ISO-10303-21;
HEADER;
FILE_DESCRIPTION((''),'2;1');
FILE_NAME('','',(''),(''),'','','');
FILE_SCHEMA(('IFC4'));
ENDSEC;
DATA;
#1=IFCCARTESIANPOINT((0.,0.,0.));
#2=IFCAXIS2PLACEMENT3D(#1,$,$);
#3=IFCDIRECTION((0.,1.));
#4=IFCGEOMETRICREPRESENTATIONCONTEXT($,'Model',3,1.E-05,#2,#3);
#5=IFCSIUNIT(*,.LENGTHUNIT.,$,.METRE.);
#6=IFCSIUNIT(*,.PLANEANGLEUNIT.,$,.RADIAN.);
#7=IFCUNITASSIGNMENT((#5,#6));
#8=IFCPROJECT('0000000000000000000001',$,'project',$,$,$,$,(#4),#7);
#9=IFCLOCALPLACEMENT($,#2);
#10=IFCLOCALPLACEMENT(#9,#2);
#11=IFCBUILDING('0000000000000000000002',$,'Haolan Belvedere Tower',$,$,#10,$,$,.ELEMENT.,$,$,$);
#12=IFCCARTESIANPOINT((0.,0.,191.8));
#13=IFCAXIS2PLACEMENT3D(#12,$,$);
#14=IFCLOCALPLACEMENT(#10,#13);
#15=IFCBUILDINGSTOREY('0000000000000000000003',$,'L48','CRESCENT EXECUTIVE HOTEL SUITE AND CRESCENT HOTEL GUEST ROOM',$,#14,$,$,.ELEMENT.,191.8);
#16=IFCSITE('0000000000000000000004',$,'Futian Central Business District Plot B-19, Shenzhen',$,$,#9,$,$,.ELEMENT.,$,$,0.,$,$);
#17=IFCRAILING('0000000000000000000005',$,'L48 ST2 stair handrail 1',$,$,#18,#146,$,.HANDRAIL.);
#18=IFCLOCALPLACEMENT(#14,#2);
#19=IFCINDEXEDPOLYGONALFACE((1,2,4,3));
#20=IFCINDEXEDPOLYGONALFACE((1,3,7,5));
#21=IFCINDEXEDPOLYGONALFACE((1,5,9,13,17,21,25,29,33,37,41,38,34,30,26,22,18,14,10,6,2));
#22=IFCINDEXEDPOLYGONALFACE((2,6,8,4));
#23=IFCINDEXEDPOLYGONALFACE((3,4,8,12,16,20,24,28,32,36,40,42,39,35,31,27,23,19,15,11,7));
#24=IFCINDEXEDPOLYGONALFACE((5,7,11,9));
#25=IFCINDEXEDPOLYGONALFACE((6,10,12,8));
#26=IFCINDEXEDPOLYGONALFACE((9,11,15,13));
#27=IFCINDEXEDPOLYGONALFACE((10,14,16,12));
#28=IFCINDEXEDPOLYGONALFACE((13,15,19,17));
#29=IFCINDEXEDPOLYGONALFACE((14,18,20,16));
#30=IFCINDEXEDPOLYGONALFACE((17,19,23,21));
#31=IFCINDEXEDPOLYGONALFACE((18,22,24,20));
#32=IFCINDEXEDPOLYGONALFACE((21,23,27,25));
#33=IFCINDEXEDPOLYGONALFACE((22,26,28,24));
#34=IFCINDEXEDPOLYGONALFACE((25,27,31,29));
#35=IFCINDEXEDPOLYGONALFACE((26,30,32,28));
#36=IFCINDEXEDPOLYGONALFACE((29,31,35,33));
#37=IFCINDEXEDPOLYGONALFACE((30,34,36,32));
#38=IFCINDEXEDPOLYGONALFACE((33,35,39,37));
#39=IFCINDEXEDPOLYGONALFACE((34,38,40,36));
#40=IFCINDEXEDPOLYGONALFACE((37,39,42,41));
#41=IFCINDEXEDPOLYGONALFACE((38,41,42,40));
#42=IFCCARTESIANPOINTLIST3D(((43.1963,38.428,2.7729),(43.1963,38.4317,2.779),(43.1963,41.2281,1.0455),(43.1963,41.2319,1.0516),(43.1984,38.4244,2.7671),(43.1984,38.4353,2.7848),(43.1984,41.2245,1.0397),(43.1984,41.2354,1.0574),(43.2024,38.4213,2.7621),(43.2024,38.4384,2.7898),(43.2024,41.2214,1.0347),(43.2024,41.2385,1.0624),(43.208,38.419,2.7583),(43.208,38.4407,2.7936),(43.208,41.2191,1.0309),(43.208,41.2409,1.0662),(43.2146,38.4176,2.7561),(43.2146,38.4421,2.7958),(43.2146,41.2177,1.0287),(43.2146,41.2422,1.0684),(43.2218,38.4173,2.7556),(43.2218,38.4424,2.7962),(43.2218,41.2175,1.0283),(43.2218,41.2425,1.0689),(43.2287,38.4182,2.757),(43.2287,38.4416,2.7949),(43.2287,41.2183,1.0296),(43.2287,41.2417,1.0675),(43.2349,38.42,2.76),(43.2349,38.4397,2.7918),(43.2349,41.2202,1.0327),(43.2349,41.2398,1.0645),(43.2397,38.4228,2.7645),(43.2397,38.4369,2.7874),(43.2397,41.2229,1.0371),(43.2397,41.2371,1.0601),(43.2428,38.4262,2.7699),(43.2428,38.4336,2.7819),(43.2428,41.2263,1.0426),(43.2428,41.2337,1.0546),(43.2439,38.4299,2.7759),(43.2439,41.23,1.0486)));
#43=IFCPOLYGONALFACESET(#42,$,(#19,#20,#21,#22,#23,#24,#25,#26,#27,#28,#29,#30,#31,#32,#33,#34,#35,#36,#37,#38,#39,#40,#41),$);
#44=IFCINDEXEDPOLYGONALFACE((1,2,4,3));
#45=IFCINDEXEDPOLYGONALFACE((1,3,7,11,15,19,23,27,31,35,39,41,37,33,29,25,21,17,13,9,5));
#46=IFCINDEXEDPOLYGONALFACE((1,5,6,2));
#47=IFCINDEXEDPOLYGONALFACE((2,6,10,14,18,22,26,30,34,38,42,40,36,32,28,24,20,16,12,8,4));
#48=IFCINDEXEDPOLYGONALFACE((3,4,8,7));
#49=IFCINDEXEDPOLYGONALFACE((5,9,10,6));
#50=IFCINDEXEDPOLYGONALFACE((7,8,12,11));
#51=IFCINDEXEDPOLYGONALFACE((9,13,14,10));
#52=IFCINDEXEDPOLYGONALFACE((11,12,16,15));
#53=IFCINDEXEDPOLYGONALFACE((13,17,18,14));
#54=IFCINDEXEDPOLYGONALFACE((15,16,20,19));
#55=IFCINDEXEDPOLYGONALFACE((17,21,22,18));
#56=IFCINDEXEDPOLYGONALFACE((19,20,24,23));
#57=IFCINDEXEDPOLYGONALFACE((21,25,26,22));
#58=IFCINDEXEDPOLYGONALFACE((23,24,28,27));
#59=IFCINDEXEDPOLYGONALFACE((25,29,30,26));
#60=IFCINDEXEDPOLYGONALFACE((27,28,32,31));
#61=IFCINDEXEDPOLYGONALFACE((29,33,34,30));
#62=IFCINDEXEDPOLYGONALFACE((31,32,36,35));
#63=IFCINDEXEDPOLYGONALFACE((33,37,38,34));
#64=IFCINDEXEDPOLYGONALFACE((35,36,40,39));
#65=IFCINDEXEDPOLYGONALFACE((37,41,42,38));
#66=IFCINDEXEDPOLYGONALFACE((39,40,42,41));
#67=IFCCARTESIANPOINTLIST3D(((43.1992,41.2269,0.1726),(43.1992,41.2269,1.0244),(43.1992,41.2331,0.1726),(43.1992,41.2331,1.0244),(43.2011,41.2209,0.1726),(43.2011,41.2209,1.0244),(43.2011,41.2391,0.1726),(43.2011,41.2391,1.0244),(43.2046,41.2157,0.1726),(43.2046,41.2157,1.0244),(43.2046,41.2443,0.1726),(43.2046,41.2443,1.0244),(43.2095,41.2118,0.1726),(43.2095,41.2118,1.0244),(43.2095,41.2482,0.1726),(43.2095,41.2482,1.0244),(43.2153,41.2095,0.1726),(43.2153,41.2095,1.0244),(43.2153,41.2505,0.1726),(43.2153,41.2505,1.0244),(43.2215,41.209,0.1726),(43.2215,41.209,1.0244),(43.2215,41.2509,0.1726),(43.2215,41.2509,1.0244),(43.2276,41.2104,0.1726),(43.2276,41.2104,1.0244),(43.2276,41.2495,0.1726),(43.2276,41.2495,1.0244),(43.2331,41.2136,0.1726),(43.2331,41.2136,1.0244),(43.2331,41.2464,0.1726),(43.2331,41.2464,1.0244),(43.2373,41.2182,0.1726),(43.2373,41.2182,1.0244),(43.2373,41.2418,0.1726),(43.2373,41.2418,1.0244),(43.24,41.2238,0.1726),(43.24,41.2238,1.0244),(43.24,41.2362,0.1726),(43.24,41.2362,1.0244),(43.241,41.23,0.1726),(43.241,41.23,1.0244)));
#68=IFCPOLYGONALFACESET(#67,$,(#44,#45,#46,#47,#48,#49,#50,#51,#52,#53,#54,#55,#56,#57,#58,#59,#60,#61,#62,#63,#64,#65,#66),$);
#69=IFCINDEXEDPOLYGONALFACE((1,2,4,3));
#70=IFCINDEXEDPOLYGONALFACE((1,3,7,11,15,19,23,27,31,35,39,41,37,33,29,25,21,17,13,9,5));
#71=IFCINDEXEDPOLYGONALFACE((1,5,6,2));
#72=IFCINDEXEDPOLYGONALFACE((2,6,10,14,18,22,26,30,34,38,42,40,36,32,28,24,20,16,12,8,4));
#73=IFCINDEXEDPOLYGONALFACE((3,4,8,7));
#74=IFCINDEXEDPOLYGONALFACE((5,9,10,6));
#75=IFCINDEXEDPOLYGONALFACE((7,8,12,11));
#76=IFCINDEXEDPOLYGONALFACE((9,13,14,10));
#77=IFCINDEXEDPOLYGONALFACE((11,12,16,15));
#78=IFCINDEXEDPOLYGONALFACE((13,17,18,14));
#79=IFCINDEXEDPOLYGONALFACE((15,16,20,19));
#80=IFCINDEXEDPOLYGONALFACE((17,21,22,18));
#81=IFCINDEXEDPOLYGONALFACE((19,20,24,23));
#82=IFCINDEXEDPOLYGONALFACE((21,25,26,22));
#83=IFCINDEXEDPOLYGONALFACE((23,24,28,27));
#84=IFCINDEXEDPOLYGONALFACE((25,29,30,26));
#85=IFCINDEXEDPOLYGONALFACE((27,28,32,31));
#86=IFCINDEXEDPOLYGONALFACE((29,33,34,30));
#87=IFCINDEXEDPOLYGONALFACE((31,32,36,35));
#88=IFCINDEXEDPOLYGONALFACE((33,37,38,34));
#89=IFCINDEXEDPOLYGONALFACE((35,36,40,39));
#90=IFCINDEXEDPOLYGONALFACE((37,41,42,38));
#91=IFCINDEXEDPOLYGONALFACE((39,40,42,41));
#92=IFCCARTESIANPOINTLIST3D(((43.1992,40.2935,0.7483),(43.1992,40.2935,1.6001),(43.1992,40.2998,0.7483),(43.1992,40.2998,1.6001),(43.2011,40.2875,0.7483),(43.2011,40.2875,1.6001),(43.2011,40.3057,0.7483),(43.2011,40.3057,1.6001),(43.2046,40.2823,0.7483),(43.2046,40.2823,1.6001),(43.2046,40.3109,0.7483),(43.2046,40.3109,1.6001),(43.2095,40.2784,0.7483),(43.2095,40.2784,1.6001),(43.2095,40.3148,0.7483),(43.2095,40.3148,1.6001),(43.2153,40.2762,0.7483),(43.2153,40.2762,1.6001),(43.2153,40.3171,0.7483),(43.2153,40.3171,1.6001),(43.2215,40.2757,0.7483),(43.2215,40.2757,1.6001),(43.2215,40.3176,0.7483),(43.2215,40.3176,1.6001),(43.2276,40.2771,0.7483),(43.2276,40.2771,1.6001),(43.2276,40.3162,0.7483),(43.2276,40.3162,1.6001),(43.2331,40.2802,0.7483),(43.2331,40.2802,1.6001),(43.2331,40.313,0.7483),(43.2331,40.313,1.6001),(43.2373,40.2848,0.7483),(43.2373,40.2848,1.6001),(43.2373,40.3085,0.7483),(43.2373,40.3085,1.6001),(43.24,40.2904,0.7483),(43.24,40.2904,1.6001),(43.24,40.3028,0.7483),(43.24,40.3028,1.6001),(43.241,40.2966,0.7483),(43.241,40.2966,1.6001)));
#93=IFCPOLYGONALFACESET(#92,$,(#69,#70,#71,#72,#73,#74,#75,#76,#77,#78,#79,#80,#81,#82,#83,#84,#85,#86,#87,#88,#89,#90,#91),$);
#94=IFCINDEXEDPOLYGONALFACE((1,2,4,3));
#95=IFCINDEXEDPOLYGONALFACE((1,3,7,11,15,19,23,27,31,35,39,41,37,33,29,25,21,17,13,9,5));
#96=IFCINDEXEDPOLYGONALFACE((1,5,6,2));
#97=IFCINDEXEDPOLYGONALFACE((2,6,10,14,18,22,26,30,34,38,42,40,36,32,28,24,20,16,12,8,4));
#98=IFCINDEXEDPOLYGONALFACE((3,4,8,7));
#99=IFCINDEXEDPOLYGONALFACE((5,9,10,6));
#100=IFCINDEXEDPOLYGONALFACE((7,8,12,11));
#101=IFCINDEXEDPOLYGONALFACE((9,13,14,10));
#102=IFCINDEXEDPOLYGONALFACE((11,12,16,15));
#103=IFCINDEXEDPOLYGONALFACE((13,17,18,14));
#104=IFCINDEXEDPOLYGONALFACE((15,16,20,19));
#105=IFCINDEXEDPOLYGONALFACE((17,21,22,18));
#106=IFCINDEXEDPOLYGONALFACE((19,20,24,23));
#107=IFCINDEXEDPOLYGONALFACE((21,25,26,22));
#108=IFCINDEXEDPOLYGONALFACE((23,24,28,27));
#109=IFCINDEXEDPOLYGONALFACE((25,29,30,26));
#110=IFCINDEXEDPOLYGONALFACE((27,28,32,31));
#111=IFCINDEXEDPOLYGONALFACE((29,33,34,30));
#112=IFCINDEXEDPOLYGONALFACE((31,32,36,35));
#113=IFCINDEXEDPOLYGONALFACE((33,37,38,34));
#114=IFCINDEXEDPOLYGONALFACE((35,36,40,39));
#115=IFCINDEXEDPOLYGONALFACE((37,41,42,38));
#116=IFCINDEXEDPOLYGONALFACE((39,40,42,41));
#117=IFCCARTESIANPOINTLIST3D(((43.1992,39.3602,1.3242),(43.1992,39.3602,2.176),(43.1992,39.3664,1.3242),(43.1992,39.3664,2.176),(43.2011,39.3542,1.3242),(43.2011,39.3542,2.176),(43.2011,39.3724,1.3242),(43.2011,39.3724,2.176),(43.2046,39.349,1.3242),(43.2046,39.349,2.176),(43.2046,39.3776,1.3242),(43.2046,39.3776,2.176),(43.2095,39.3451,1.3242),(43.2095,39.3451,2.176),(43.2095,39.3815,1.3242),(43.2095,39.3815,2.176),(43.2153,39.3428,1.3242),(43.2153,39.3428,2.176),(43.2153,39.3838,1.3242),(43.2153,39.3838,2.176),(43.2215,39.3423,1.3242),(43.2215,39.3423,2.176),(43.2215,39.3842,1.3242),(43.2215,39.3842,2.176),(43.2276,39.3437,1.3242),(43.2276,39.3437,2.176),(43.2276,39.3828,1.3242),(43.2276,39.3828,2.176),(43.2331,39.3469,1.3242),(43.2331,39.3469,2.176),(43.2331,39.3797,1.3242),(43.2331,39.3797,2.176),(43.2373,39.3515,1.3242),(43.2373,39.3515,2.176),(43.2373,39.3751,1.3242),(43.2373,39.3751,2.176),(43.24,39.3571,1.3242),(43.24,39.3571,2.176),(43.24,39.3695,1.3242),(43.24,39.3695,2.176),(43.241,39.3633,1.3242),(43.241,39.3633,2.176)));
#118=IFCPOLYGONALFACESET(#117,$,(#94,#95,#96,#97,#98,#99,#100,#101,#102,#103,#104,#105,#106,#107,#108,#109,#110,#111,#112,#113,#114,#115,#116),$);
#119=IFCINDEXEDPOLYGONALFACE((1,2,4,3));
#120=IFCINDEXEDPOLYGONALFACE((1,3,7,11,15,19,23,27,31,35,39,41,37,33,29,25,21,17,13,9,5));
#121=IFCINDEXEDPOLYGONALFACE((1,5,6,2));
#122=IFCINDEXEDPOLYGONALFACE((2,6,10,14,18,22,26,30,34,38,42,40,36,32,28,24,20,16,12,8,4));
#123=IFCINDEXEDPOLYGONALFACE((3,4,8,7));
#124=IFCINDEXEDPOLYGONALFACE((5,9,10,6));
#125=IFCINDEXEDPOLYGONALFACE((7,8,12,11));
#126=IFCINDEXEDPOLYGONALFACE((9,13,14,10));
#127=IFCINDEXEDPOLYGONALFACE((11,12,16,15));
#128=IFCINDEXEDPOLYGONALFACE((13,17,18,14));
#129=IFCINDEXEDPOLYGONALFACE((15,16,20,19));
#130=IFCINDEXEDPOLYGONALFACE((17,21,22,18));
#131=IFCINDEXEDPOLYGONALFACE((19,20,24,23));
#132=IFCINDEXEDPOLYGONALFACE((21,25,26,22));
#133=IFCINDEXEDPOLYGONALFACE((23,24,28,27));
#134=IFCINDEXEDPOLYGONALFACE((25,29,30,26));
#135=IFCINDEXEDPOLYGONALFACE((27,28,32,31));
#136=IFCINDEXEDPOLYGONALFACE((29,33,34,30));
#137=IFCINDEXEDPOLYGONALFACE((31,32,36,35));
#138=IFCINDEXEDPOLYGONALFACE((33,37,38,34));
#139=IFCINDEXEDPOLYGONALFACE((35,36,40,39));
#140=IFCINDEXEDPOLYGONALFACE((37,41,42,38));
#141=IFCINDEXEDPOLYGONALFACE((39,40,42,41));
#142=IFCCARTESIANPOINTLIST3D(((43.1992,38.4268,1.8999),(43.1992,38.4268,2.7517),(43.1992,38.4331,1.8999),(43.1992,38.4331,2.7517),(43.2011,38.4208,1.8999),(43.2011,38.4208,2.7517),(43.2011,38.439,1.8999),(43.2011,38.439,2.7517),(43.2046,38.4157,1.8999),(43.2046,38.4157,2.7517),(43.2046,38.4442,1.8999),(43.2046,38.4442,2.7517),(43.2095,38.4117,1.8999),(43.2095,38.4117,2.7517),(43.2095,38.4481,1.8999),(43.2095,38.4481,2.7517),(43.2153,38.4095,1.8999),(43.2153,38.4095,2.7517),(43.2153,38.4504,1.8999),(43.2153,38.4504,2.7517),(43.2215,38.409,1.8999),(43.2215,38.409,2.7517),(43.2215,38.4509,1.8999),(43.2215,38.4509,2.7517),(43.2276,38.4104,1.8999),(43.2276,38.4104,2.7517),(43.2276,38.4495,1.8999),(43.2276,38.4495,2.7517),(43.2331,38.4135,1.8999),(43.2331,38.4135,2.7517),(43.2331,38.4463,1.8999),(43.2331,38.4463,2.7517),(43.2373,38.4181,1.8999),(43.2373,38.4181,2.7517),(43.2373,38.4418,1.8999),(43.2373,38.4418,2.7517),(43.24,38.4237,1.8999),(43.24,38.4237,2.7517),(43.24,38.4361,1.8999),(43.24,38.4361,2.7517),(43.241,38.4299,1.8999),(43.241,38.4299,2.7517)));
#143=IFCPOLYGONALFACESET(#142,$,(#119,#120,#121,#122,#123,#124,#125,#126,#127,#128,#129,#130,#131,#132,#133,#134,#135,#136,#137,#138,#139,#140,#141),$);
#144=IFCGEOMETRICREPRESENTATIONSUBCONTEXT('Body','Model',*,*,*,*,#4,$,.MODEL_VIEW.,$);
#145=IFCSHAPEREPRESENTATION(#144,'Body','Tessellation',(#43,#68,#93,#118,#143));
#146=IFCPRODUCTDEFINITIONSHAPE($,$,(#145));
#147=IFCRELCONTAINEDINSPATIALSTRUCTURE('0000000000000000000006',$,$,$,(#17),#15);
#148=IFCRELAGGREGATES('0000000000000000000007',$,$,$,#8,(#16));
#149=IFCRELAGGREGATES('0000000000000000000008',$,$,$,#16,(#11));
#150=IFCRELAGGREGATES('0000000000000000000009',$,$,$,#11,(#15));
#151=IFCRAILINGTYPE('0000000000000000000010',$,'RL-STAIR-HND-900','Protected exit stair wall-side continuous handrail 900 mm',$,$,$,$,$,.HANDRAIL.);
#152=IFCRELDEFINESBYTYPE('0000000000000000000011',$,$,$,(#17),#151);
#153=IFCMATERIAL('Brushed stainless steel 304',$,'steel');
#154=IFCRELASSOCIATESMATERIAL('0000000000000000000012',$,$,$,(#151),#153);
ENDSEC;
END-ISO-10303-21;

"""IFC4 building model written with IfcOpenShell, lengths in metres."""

from ifc_helpers import new_model, si_unit, direction, frame, origin, origin_2d, place, context, subcontext, project, spatial, circle, extrude, material, type_object, element, save


model = new_model("IFC4")

# Units and contexts
model_context = context("Model", 3, precision=1e-05, world=origin(), true_north=direction((0.0, 1.0)))
body_context = subcontext(model_context, "Body", "Model", "MODEL_VIEW")
ifc_project = project(units=[si_unit("LENGTHUNIT", "METRE"), si_unit("PLANEANGLEUNIT", "RADIAN")], contexts=[model_context])

# Site, building, storey
site_placement = place(None, origin())
site = spatial("IfcSite", under=ifc_project, at=site_placement, Name="Futian Central Business District Plot B-19, Shenzhen", CompositionType="ELEMENT", RefElevation=0.0)
building_placement = place(site_placement, origin())
building = spatial("IfcBuilding", under=site, at=building_placement, Name="Haolan Belvedere Tower", CompositionType="ELEMENT")
storey_placement = place(building_placement, frame((0.0, 0.0, 191.8)))
storey = spatial("IfcBuildingStorey", under=building, at=storey_placement, Name="L48", Description="CRESCENT EXECUTIVE HOTEL SUITE AND CRESCENT HOTEL GUEST ROOM", CompositionType="ELEMENT", Elevation=191.8)

# Railing
ifc_material_1 = material(Name="Brushed stainless steel 304", Category="steel")
railing_type_1 = type_object("IfcRailingType", Name="RL-STAIR-HND-900", Description="Protected exit stair wall-side continuous handrail 900 mm", PredefinedType="HANDRAIL", material=ifc_material_1)
railing_1_placement = place(storey_placement, frame((43.22, 41.23, 0.1726)))
element("IfcRailing", 1, at=railing_1_placement, inside=storey, type_object=railing_type_1, Name="L48 ST2 stair handrail 1", PredefinedType="HANDRAIL", context=body_context, shape_type="SweptSolid", body=[
    extrude(circle(Radius=0.0239, at=origin_2d()), frame((0.0, 0.0, 0.876), z_axis=(0.0, -0.85109, 0.52502), x_axis=(1.0, 0.0, 0.0)), (0.0, 0.0, 1.0), 3.29),
    extrude(circle(Radius=0.021, at=origin_2d()), origin(), (0.0, 0.0, 1.0), 0.8518),
    extrude(circle(Radius=0.021, at=origin_2d()), frame((0.0, -0.9333, 0.5757)), (0.0, 0.0, 1.0), 0.8518),
    extrude(circle(Radius=0.021, at=origin_2d()), frame((0.0, -1.8667, 1.1516)), (0.0, 0.0, 1.0), 0.8518),
    extrude(circle(Radius=0.021, at=origin_2d()), frame((0.0, -2.8, 1.7273)), (0.0, 0.0, 1.0), 0.8518),
])

save(model, "model.ifc")
